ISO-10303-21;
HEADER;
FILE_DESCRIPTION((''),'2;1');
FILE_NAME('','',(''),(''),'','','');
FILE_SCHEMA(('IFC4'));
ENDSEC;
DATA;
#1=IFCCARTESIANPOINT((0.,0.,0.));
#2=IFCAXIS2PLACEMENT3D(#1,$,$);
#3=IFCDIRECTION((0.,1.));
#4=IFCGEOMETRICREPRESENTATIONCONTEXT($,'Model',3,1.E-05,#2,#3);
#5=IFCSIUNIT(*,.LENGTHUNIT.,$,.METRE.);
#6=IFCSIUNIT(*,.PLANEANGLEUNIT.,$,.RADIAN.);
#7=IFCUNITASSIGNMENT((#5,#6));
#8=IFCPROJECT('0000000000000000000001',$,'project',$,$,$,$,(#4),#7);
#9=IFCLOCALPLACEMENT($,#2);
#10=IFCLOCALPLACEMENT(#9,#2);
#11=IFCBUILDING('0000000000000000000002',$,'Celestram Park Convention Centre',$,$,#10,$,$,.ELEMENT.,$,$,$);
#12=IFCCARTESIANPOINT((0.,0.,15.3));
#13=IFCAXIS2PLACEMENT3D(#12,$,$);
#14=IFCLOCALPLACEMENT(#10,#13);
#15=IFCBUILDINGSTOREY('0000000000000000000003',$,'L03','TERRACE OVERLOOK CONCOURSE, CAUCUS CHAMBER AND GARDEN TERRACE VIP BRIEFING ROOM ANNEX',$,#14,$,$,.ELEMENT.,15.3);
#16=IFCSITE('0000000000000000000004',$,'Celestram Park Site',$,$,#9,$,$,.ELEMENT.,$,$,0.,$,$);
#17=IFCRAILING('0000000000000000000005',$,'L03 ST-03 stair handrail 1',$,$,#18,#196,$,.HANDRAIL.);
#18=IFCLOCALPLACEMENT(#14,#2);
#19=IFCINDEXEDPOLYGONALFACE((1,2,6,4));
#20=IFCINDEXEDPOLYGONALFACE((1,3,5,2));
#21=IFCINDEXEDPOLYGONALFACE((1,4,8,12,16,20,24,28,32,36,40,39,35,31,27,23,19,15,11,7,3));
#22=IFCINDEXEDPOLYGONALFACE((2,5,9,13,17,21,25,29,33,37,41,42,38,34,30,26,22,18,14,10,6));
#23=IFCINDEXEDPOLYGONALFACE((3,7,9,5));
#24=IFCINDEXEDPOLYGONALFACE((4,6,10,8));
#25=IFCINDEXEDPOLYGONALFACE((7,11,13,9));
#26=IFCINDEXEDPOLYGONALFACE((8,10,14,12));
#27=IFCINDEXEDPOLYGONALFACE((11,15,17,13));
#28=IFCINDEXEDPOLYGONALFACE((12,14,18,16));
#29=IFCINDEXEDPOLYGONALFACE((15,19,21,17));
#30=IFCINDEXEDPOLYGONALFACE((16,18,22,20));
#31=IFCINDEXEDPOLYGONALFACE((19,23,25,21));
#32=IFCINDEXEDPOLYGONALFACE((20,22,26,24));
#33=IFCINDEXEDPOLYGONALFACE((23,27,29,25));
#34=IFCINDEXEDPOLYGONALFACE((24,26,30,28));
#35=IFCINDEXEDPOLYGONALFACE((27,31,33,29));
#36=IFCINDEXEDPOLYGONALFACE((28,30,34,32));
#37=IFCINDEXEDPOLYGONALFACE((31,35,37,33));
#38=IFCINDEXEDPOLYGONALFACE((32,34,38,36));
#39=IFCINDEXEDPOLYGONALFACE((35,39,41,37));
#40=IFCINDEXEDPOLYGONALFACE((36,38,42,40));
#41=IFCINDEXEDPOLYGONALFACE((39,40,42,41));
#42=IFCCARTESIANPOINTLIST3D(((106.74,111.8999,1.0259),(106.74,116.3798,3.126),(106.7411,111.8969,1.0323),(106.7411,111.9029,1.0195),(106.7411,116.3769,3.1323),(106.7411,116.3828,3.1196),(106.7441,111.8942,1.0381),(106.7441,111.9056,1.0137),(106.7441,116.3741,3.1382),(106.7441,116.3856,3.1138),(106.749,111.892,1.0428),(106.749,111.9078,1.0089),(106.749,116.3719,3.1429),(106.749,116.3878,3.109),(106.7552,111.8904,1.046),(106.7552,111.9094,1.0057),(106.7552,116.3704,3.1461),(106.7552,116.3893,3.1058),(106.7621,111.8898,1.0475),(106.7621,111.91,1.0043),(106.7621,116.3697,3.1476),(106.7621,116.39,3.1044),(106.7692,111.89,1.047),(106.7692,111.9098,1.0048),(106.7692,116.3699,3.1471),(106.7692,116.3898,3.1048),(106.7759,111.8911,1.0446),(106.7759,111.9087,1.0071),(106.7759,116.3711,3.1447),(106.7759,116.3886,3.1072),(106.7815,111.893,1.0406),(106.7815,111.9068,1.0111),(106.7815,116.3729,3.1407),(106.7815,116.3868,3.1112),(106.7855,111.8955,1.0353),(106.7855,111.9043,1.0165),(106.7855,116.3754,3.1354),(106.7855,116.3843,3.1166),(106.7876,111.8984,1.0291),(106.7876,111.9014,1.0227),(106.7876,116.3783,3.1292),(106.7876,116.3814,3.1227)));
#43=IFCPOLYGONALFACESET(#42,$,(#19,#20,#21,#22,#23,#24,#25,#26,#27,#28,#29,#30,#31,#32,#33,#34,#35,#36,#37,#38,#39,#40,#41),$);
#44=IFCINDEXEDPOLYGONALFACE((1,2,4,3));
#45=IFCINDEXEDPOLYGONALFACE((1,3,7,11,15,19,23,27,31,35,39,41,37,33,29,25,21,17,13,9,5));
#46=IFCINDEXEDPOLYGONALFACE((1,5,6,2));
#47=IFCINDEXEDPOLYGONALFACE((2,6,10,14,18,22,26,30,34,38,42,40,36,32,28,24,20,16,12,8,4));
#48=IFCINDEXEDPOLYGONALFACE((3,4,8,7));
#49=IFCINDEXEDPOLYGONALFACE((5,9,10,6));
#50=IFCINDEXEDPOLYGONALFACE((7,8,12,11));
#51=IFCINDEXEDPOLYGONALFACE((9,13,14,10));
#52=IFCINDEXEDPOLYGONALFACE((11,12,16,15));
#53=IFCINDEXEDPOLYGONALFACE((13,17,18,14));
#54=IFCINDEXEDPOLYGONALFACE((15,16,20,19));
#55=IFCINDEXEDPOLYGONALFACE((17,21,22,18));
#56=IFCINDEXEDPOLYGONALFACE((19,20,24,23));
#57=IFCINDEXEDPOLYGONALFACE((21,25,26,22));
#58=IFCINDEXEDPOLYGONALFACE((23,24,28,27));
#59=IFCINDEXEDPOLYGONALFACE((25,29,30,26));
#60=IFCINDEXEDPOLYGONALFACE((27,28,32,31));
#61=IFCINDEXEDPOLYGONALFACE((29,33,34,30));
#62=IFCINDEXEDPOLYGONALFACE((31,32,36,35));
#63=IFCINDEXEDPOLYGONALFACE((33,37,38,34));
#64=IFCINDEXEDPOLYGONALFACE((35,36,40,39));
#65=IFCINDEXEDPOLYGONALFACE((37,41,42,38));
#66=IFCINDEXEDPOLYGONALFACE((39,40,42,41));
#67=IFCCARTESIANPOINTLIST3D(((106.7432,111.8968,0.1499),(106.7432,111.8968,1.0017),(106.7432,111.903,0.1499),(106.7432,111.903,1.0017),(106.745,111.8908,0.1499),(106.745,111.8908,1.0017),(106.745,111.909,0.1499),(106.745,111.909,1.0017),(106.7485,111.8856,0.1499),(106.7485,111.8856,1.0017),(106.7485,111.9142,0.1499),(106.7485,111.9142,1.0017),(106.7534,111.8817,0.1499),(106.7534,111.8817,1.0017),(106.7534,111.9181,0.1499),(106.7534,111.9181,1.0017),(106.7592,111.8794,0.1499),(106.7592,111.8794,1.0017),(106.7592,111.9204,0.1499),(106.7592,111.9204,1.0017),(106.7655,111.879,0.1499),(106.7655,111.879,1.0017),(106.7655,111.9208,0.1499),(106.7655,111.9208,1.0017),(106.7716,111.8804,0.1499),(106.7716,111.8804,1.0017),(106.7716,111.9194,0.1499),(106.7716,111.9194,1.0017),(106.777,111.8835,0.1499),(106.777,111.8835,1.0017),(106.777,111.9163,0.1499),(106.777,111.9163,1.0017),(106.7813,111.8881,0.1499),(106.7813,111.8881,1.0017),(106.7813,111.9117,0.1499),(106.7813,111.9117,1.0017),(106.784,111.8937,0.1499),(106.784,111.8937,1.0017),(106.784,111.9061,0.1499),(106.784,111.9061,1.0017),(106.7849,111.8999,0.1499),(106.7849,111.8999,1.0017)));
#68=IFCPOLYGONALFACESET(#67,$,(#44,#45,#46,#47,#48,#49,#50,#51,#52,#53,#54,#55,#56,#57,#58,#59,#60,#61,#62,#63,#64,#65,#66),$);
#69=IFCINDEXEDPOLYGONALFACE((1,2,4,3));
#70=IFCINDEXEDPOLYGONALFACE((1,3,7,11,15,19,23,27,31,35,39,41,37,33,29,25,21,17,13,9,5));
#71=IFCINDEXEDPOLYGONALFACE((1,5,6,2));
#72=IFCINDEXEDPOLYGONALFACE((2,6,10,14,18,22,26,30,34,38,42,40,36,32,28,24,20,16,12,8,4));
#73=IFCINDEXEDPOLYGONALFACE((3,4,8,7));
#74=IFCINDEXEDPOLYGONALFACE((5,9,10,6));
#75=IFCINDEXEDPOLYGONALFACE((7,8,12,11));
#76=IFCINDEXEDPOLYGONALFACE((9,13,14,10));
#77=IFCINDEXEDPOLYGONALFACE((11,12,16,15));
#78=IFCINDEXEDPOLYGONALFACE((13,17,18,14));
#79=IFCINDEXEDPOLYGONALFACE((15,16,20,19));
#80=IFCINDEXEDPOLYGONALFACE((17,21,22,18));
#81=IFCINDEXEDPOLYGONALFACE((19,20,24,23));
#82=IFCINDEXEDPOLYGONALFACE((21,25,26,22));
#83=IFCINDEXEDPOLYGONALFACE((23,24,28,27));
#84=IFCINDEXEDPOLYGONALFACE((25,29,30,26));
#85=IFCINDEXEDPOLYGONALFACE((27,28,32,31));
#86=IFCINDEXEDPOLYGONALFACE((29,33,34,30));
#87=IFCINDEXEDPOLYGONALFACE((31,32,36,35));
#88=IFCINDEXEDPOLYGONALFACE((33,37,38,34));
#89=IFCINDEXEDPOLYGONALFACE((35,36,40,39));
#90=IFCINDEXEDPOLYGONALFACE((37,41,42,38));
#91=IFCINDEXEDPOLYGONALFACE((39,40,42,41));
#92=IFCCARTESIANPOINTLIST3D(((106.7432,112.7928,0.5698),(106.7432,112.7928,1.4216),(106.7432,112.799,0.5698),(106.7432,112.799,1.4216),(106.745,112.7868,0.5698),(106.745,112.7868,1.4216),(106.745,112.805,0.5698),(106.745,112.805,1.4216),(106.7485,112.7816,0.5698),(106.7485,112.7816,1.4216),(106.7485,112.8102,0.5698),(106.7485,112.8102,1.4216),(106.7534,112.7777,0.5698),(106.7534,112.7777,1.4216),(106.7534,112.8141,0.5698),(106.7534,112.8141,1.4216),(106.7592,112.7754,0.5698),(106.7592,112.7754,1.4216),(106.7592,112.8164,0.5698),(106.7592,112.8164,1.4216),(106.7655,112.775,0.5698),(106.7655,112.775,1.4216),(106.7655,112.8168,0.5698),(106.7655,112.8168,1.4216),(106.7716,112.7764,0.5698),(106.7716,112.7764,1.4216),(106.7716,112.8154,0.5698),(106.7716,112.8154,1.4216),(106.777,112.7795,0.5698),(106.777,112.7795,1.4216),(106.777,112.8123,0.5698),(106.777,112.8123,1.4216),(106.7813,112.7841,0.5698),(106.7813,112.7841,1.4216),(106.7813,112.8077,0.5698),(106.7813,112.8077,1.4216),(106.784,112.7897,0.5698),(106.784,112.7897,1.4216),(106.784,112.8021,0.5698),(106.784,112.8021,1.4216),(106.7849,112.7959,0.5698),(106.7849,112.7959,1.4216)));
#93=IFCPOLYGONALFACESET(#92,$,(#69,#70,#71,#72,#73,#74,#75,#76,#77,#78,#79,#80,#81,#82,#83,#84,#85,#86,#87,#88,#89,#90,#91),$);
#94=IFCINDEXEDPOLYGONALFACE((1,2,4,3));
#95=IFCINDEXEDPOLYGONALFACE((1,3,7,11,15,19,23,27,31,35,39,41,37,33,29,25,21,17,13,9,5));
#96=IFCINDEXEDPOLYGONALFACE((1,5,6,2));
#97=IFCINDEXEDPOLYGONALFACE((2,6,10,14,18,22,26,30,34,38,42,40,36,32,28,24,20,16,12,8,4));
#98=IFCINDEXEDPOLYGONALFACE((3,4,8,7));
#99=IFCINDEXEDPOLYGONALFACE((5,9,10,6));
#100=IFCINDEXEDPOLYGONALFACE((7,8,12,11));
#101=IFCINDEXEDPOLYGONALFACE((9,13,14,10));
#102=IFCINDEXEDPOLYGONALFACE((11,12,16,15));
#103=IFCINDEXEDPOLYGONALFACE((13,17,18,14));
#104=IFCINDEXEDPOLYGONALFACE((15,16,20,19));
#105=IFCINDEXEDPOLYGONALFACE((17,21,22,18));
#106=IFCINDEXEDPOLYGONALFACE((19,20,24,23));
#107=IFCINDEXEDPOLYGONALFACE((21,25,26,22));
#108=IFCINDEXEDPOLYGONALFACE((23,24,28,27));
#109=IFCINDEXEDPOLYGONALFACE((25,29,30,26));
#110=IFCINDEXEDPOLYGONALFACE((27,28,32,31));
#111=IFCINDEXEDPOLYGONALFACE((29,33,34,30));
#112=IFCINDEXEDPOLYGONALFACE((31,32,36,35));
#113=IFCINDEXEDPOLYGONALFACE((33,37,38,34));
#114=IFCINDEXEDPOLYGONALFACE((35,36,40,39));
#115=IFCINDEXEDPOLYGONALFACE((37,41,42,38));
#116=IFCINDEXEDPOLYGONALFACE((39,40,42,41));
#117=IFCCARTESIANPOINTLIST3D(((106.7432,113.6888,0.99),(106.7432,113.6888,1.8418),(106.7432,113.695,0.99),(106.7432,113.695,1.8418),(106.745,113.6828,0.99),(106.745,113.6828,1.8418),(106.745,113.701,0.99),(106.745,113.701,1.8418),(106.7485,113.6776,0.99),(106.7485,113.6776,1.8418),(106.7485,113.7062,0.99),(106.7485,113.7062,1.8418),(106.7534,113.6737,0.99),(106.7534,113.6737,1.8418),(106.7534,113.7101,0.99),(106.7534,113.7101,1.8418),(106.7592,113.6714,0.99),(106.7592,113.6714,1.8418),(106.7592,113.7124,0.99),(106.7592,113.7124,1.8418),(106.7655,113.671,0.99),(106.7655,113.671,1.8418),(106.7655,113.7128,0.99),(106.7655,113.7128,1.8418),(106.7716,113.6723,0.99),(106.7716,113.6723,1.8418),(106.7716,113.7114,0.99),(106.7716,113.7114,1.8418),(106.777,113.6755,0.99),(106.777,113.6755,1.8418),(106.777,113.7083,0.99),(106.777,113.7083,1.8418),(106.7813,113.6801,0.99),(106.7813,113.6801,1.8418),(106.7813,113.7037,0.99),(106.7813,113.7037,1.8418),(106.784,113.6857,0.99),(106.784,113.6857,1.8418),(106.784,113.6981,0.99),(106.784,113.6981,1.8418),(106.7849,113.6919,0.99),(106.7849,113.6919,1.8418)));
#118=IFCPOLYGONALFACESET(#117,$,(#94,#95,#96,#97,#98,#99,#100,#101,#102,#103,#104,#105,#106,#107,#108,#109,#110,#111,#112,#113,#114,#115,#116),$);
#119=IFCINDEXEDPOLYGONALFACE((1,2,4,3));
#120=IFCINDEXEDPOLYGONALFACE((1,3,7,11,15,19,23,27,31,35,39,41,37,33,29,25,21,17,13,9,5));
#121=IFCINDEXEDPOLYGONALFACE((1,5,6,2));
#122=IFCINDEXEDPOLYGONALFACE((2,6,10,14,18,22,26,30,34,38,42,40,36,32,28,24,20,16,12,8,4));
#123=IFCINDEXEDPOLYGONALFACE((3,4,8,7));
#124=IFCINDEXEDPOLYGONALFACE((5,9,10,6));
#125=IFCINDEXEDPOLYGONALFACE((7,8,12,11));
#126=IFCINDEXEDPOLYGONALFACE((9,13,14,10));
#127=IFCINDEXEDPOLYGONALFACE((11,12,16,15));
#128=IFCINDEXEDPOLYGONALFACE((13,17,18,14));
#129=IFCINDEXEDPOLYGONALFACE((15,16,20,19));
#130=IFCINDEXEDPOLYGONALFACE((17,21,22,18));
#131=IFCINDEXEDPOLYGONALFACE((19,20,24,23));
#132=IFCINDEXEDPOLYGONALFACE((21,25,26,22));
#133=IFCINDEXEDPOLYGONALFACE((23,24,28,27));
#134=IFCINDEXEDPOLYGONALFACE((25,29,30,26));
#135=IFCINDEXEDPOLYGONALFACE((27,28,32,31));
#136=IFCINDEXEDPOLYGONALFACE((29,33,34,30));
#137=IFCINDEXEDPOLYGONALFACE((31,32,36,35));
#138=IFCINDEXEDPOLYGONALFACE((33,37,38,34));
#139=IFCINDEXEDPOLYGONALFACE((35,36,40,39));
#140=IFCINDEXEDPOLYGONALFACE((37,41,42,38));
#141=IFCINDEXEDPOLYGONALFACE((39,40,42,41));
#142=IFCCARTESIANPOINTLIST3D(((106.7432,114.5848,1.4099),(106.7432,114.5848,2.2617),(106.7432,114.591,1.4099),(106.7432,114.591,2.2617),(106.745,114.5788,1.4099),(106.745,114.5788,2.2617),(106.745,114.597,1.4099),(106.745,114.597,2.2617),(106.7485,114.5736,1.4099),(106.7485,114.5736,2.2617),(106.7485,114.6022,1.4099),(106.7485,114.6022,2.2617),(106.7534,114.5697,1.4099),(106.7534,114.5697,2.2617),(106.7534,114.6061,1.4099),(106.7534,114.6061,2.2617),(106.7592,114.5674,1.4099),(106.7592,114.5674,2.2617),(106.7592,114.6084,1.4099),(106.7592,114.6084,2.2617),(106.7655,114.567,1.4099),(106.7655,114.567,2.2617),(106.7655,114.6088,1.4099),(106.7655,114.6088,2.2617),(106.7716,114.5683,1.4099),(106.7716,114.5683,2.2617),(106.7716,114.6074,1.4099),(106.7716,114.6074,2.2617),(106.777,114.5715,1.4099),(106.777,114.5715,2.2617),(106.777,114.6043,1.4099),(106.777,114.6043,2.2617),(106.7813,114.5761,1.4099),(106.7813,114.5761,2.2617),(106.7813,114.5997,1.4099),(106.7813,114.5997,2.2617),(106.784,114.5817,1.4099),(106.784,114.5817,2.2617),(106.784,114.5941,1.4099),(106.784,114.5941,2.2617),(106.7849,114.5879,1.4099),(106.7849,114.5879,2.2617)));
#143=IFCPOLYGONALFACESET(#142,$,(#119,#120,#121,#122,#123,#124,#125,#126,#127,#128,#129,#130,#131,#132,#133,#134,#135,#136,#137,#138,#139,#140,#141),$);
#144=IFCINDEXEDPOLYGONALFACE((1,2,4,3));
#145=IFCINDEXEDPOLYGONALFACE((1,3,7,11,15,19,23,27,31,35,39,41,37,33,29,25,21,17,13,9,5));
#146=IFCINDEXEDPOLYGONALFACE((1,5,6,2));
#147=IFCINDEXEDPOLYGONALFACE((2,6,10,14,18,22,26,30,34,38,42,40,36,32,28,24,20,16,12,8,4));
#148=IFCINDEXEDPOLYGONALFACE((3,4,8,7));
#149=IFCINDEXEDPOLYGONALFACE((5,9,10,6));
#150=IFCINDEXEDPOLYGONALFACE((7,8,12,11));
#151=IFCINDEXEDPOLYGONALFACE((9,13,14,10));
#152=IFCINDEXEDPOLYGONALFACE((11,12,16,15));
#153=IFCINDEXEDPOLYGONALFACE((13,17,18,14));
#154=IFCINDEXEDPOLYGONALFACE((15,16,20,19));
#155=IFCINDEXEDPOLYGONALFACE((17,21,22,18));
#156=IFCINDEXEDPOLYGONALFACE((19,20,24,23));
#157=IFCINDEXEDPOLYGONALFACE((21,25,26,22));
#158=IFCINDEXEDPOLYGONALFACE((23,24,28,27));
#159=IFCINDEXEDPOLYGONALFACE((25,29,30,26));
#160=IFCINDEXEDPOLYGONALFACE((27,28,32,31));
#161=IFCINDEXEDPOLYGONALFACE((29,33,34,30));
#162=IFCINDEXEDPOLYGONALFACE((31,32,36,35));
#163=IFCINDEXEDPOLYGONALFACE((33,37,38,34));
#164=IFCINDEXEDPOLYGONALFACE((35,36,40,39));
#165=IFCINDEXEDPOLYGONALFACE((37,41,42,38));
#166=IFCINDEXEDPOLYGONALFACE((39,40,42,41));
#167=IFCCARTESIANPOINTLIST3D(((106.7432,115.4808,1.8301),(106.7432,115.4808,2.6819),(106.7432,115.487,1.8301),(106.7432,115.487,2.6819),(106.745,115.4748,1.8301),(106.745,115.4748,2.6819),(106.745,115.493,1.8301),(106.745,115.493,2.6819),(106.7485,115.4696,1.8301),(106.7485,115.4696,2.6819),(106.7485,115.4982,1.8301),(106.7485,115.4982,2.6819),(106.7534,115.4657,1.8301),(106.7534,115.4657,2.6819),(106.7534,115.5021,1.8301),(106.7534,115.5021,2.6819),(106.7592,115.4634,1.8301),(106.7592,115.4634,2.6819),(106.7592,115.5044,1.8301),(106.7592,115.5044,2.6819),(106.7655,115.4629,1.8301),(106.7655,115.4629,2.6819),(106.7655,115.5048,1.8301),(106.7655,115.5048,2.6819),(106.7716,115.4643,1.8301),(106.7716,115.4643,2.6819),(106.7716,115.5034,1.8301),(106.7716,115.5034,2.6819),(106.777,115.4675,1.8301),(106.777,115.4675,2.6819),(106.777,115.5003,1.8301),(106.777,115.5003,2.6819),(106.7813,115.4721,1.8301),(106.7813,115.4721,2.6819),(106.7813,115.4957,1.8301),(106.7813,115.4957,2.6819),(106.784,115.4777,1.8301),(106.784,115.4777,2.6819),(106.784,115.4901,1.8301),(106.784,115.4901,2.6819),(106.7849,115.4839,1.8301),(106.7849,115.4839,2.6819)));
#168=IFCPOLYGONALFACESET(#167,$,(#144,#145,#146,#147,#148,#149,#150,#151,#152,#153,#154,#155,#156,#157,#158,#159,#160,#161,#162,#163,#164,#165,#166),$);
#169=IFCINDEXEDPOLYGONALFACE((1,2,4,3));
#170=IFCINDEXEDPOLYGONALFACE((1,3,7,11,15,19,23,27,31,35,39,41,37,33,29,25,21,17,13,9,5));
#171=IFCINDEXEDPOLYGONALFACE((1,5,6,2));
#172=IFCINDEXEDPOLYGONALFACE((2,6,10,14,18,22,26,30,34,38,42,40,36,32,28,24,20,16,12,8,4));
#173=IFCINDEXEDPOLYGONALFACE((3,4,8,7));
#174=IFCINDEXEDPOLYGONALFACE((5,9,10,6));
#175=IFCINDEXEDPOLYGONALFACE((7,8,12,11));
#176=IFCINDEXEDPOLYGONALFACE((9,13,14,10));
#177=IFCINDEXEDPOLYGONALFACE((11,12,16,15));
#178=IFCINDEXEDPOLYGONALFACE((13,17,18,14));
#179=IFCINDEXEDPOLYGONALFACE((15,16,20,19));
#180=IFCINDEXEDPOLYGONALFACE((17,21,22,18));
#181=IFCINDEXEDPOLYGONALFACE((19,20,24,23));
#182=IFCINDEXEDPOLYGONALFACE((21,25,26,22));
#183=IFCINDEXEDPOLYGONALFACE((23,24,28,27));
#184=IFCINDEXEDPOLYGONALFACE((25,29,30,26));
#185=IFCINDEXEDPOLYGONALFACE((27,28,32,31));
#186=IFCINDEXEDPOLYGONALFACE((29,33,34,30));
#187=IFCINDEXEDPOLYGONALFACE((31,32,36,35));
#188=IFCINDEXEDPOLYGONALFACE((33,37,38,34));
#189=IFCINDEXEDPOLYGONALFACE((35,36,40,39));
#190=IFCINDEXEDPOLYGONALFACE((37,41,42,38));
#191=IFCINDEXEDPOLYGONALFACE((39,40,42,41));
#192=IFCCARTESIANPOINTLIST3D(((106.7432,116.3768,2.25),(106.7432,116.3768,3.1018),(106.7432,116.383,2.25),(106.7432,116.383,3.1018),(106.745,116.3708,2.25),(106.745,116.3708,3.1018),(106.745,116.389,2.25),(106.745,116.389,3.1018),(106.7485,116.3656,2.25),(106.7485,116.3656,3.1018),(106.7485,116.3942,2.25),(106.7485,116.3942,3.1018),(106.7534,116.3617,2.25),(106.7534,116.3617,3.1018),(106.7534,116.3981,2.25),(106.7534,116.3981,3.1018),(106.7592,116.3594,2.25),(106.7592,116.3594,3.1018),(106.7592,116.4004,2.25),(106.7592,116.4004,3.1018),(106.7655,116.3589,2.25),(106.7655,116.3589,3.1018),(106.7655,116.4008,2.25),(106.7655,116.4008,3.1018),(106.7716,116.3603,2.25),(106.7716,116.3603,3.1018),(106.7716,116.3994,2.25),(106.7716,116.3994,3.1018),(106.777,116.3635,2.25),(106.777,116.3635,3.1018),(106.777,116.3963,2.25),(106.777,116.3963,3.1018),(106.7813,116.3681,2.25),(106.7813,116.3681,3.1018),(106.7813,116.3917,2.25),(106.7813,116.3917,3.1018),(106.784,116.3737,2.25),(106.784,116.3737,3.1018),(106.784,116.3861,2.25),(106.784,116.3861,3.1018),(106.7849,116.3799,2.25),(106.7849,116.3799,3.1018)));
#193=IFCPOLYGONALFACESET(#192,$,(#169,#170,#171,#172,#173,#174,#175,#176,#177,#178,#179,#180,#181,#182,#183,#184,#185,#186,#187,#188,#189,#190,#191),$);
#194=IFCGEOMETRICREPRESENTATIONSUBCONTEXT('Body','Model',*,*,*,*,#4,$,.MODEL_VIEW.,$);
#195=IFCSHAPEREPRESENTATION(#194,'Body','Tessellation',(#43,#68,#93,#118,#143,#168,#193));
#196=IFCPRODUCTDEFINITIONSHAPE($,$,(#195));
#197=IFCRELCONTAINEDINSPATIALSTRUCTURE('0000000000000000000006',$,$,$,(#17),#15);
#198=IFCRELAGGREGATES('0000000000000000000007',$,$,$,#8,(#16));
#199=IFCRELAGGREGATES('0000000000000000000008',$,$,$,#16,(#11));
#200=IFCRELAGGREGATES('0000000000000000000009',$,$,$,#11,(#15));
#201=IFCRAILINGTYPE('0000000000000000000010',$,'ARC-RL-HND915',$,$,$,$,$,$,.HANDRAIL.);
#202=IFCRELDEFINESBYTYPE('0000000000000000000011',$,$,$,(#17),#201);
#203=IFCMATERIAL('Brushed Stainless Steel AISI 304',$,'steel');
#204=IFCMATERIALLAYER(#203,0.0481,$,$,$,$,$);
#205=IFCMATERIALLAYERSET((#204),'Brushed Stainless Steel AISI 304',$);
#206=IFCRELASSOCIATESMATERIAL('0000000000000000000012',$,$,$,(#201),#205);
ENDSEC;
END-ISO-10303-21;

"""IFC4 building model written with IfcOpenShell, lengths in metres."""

from ifc_helpers import new_model, si_unit, direction, frame, origin, origin_2d, place, context, subcontext, project, spatial, circle, extrude, material, layer, layer_set, type_object, element, save


model = new_model("IFC4")

# Units and contexts
model_context = context("Model", 3, precision=1e-05, world=origin(), true_north=direction((0.0, 1.0)))
body_context = subcontext(model_context, "Body", "Model", "MODEL_VIEW")
ifc_project = project(units=[si_unit("LENGTHUNIT", "METRE"), si_unit("PLANEANGLEUNIT", "RADIAN")], contexts=[model_context])

# Site, building, storey
site_placement = place(None, origin())
site = spatial("IfcSite", under=ifc_project, at=site_placement, Name="Celestram Park Site", CompositionType="ELEMENT", RefElevation=0.0)
building_placement = place(site_placement, origin())
building = spatial("IfcBuilding", under=site, at=building_placement, Name="Celestram Park Convention Centre", CompositionType="ELEMENT")
storey_placement = place(building_placement, frame((0.0, 0.0, 15.3)))
storey = spatial("IfcBuildingStorey", under=building, at=storey_placement, Name="L03", Description="TERRACE OVERLOOK CONCOURSE, CAUCUS CHAMBER AND GARDEN TERRACE VIP BRIEFING ROOM ANNEX", CompositionType="ELEMENT", Elevation=15.3)

# Railing
ifc_material_1 = material(Name="Brushed Stainless Steel AISI 304", Category="steel")
ifc_layer_1 = layer(ifc_material_1, 0.0481)
ifc_layer_set_1 = layer_set([ifc_layer_1], Name="Brushed Stainless Steel AISI 304")
railing_type_1 = type_object("IfcRailingType", Name="ARC-RL-HND915", PredefinedType="HANDRAIL", material=ifc_layer_set_1)
railing_1_placement = place(storey_placement, frame((106.7639, 111.8999, 0.1499)))
element("IfcRailing", 1, at=railing_1_placement, inside=storey, type_object=railing_type_1, Name="L03 ST-03 stair handrail 1", PredefinedType="HANDRAIL", context=body_context, shape_type="SweptSolid", body=[
    extrude(circle(Radius=0.0239, at=origin_2d()), frame((0.0, 0.0, 0.876), z_axis=(0.0, 0.905451, 0.424452), x_axis=(-1.0, 0.0, 0.0)), (0.0, 0.0, 1.0), 4.9478),
    extrude(circle(Radius=0.021, at=origin_2d()), origin(), (0.0, 0.0, 1.0), 0.8518),
    extrude(circle(Radius=0.021, at=origin_2d()), frame((0.0, 0.896, 0.4199)), (0.0, 0.0, 1.0), 0.8518),
    extrude(circle(Radius=0.021, at=origin_2d()), frame((0.0, 1.792, 0.8401)), (0.0, 0.0, 1.0), 0.8518),
    extrude(circle(Radius=0.021, at=origin_2d()), frame((0.0, 2.688, 1.26)), (0.0, 0.0, 1.0), 0.8518),
    extrude(circle(Radius=0.021, at=origin_2d()), frame((0.0, 3.584, 1.6802)), (0.0, 0.0, 1.0), 0.8518),
    extrude(circle(Radius=0.021, at=origin_2d()), frame((0.0, 4.48, 2.1001)), (0.0, 0.0, 1.0), 0.8518),
])

save(model, "model.ifc")
